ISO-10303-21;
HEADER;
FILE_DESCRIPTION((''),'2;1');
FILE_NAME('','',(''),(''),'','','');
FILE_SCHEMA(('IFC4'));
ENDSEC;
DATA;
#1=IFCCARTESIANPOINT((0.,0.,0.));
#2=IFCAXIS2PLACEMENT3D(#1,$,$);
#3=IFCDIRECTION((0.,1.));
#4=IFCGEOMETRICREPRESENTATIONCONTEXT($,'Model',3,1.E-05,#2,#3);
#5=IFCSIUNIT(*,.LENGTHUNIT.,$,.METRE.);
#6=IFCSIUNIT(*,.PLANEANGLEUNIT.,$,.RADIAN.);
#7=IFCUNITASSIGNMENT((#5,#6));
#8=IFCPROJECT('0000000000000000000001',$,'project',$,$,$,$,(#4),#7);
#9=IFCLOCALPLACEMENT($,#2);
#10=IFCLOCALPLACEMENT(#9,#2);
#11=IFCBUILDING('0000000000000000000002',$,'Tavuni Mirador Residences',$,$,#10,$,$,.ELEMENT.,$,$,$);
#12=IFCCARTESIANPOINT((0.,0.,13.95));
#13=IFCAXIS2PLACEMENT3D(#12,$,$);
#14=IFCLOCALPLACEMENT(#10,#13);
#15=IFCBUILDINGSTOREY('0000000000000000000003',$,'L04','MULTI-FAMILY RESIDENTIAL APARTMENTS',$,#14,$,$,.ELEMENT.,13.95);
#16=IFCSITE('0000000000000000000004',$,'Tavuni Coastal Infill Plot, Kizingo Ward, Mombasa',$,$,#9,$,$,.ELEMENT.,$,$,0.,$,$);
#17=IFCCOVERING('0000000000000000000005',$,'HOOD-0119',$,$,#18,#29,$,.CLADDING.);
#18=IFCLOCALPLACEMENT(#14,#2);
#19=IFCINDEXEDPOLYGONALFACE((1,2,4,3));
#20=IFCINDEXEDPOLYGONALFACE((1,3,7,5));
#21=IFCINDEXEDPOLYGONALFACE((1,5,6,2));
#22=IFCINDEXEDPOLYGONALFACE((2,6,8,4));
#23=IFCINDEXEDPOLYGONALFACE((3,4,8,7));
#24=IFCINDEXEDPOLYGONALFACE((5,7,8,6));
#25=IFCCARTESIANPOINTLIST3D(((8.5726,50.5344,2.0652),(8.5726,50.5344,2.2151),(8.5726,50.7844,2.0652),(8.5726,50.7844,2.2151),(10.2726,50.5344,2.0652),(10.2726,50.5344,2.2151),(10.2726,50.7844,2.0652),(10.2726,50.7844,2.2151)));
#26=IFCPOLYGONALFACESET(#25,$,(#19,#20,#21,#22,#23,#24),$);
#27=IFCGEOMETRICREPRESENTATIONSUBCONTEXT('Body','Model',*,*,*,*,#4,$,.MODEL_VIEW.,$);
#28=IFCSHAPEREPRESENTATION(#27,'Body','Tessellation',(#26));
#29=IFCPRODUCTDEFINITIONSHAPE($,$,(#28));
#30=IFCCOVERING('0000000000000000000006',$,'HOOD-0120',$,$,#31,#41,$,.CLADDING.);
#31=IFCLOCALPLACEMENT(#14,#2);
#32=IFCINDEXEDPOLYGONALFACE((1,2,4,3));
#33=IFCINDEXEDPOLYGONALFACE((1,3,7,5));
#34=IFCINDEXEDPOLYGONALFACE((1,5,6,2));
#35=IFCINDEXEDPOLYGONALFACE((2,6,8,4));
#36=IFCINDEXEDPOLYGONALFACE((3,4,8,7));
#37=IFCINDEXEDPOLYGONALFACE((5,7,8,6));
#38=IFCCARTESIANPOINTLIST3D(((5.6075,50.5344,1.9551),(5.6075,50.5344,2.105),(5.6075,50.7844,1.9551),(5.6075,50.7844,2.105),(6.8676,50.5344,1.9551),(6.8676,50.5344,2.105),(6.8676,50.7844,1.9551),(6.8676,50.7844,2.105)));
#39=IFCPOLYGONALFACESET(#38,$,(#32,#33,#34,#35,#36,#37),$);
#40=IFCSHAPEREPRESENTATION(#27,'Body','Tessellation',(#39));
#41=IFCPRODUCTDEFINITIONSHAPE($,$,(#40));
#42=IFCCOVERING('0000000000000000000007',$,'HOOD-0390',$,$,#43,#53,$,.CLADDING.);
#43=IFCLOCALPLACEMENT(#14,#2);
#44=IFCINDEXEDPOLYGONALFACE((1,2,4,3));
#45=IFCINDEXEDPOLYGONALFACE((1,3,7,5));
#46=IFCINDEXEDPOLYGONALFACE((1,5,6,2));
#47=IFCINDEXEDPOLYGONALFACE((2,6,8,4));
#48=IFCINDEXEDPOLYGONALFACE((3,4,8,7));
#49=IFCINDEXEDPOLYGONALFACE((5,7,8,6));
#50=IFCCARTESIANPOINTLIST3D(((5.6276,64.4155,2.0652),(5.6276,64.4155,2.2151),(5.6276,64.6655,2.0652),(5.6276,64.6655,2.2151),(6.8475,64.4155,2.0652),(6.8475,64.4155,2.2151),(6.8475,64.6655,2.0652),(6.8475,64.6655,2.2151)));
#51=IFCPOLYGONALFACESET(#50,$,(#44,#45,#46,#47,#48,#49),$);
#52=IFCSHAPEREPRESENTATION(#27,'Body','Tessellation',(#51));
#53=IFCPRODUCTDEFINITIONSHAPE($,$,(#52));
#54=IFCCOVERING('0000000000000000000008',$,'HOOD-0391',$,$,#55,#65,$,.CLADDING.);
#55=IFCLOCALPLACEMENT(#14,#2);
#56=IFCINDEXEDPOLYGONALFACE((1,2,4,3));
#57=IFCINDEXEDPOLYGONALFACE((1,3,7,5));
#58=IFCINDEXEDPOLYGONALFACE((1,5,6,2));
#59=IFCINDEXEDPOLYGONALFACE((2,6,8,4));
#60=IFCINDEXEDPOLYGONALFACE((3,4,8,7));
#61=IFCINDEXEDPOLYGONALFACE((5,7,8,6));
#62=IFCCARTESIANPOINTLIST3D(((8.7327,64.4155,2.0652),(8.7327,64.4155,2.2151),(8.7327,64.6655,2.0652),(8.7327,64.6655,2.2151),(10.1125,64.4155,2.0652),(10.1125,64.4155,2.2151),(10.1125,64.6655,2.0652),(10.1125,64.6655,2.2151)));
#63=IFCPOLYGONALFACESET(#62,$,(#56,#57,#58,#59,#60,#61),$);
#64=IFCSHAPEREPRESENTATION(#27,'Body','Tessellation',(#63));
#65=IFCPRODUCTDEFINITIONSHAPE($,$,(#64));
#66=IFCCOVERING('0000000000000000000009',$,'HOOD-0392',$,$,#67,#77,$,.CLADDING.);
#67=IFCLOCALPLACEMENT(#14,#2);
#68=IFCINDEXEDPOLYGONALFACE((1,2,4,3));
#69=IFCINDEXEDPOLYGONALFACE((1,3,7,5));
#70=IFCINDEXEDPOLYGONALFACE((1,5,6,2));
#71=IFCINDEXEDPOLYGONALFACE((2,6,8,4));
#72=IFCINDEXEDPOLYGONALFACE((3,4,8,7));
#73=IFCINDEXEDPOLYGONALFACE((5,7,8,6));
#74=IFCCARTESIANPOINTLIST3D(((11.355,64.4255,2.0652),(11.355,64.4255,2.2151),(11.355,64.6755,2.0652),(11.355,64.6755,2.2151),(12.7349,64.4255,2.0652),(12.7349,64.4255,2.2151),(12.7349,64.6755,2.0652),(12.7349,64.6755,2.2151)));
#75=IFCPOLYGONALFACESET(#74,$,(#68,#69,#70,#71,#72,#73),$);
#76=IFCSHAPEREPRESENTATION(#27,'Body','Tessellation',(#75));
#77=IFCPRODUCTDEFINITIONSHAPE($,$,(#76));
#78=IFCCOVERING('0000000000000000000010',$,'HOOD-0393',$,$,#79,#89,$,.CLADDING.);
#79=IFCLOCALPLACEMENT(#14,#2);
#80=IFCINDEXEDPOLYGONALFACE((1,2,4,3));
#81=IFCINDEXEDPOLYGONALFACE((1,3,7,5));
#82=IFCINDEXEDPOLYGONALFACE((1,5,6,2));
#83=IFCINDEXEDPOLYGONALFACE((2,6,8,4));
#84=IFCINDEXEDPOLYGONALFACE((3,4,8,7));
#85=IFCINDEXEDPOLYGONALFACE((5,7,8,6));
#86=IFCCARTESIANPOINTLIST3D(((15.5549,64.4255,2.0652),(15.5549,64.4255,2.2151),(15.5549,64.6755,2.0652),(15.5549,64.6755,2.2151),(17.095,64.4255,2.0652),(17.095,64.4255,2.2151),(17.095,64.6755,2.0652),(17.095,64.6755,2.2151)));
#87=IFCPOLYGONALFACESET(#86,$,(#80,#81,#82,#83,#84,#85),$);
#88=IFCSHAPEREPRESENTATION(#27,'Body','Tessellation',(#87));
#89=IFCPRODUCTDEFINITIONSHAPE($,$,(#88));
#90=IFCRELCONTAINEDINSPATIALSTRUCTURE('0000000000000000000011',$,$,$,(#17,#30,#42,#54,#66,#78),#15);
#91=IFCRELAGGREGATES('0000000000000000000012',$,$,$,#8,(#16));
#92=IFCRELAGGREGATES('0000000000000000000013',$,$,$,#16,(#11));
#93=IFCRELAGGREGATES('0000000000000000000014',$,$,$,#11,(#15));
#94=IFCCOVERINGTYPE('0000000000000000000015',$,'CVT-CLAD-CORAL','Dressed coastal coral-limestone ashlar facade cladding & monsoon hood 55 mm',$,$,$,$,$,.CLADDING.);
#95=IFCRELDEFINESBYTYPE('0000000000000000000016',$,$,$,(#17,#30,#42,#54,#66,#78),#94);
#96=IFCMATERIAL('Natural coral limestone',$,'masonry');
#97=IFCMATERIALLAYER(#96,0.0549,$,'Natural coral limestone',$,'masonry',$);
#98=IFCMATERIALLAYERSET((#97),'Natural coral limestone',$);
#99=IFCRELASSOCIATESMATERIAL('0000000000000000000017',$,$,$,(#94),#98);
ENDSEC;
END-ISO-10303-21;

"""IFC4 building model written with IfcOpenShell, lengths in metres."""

from ifc_helpers import new_model, si_unit, direction, frame, origin, origin_2d, place, context, subcontext, project, spatial, rectangle, extrude, material, layer, layer_set, type_object, element, save


model = new_model("IFC4")

# Units and contexts
model_context = context("Model", 3, precision=1e-05, world=origin(), true_north=direction((0.0, 1.0)))
body_context = subcontext(model_context, "Body", "Model", "MODEL_VIEW")
ifc_project = project(units=[si_unit("LENGTHUNIT", "METRE"), si_unit("PLANEANGLEUNIT", "RADIAN")], contexts=[model_context])

# Site, building, storey
site_placement = place(None, origin())
site = spatial("IfcSite", under=ifc_project, at=site_placement, Name="Tavuni Coastal Infill Plot, Kizingo Ward, Mombasa", CompositionType="ELEMENT", RefElevation=0.0)
building_placement = place(site_placement, origin())
building = spatial("IfcBuilding", under=site, at=building_placement, Name="Tavuni Mirador Residences", CompositionType="ELEMENT")
storey_placement = place(building_placement, frame((0.0, 0.0, 13.95)))
storey = spatial("IfcBuildingStorey", under=building, at=storey_placement, Name="L04", Description="MULTI-FAMILY RESIDENTIAL APARTMENTS", CompositionType="ELEMENT", Elevation=13.95)

# Coverings
ifc_material_1 = material(Name="Natural coral limestone", Category="masonry")
ifc_layer_1 = layer(ifc_material_1, 0.0549, Name="Natural coral limestone", Category="masonry")
ifc_layer_set_1 = layer_set([ifc_layer_1], Name="Natural coral limestone")
covering_type = type_object("IfcCoveringType", Name="CVT-CLAD-CORAL", Description="Dressed coastal coral-limestone ashlar facade cladding & monsoon hood 55 mm", PredefinedType="CLADDING", material=ifc_layer_set_1)
covering_1_placement = place(storey_placement, frame((9.4226, 50.6594, 2.0652), z_axis=(0.0, 0.0, 1.0), x_axis=(-1.0, 0.0, 0.0)))
element("IfcCovering", 1, at=covering_1_placement, inside=storey, type_object=covering_type, Name="HOOD-0119", PredefinedType="CLADDING", context=body_context, shape_type="SweptSolid", body=[
    extrude(rectangle(XDim=1.7, YDim=0.25, at=origin_2d()), origin(), (0.0, 0.0, 1.0), 0.1499),
])
covering_2_placement = place(storey_placement, frame((6.2375, 50.6594, 1.9551), z_axis=(0.0, 0.0, 1.0), x_axis=(-1.0, 0.0, 0.0)))
element("IfcCovering", 2, at=covering_2_placement, inside=storey, type_object=covering_type, Name="HOOD-0120", PredefinedType="CLADDING", context=body_context, shape_type="SweptSolid", body=[
    extrude(rectangle(XDim=1.26, YDim=0.25, at=origin_2d()), origin(), (0.0, 0.0, 1.0), 0.1499),
])
covering_3_placement = place(storey_placement, frame((6.2375, 64.5405, 2.0652), z_axis=(0.0, 0.0, 1.0), x_axis=(1.0, 0.0, 0.0)))
element("IfcCovering", 3, at=covering_3_placement, inside=storey, type_object=covering_type, Name="HOOD-0390", PredefinedType="CLADDING", context=body_context, shape_type="SweptSolid", body=[
    extrude(rectangle(XDim=1.22, YDim=0.25, at=origin_2d()), origin(), (0.0, 0.0, 1.0), 0.1499),
])
for number, where, z_axis, x_axis, name in (
    (4, (9.4226, 64.5405, 2.0652), (0.0, 0.0, 1.0), (1.0, 0.0, 0.0), "HOOD-0391"),
    (5, (12.0449, 64.5505, 2.0652), (0.0, 0.0, 1.0), (1.0, 0.0, 0.0), "HOOD-0392"),
):
    element("IfcCovering", number, at=place(storey_placement, frame(where, z_axis=z_axis, x_axis=x_axis)), inside=storey, type_object=covering_type, Name=name, PredefinedType="CLADDING", context=body_context, shape_type="SweptSolid", body=[
        extrude(rectangle(XDim=1.3799, YDim=0.25, at=origin_2d()), origin(), (0.0, 0.0, 1.0), 0.1499),
    ])
covering_4_placement = place(storey_placement, frame((16.325, 64.5505, 2.0652), z_axis=(0.0, 0.0, 1.0), x_axis=(1.0, 0.0, 0.0)))
element("IfcCovering", 6, at=covering_4_placement, inside=storey, type_object=covering_type, Name="HOOD-0393", PredefinedType="CLADDING", context=body_context, shape_type="SweptSolid", body=[
    extrude(rectangle(XDim=1.54, YDim=0.25, at=origin_2d()), origin(), (0.0, 0.0, 1.0), 0.1499),
])

save(model, "model.ifc")
